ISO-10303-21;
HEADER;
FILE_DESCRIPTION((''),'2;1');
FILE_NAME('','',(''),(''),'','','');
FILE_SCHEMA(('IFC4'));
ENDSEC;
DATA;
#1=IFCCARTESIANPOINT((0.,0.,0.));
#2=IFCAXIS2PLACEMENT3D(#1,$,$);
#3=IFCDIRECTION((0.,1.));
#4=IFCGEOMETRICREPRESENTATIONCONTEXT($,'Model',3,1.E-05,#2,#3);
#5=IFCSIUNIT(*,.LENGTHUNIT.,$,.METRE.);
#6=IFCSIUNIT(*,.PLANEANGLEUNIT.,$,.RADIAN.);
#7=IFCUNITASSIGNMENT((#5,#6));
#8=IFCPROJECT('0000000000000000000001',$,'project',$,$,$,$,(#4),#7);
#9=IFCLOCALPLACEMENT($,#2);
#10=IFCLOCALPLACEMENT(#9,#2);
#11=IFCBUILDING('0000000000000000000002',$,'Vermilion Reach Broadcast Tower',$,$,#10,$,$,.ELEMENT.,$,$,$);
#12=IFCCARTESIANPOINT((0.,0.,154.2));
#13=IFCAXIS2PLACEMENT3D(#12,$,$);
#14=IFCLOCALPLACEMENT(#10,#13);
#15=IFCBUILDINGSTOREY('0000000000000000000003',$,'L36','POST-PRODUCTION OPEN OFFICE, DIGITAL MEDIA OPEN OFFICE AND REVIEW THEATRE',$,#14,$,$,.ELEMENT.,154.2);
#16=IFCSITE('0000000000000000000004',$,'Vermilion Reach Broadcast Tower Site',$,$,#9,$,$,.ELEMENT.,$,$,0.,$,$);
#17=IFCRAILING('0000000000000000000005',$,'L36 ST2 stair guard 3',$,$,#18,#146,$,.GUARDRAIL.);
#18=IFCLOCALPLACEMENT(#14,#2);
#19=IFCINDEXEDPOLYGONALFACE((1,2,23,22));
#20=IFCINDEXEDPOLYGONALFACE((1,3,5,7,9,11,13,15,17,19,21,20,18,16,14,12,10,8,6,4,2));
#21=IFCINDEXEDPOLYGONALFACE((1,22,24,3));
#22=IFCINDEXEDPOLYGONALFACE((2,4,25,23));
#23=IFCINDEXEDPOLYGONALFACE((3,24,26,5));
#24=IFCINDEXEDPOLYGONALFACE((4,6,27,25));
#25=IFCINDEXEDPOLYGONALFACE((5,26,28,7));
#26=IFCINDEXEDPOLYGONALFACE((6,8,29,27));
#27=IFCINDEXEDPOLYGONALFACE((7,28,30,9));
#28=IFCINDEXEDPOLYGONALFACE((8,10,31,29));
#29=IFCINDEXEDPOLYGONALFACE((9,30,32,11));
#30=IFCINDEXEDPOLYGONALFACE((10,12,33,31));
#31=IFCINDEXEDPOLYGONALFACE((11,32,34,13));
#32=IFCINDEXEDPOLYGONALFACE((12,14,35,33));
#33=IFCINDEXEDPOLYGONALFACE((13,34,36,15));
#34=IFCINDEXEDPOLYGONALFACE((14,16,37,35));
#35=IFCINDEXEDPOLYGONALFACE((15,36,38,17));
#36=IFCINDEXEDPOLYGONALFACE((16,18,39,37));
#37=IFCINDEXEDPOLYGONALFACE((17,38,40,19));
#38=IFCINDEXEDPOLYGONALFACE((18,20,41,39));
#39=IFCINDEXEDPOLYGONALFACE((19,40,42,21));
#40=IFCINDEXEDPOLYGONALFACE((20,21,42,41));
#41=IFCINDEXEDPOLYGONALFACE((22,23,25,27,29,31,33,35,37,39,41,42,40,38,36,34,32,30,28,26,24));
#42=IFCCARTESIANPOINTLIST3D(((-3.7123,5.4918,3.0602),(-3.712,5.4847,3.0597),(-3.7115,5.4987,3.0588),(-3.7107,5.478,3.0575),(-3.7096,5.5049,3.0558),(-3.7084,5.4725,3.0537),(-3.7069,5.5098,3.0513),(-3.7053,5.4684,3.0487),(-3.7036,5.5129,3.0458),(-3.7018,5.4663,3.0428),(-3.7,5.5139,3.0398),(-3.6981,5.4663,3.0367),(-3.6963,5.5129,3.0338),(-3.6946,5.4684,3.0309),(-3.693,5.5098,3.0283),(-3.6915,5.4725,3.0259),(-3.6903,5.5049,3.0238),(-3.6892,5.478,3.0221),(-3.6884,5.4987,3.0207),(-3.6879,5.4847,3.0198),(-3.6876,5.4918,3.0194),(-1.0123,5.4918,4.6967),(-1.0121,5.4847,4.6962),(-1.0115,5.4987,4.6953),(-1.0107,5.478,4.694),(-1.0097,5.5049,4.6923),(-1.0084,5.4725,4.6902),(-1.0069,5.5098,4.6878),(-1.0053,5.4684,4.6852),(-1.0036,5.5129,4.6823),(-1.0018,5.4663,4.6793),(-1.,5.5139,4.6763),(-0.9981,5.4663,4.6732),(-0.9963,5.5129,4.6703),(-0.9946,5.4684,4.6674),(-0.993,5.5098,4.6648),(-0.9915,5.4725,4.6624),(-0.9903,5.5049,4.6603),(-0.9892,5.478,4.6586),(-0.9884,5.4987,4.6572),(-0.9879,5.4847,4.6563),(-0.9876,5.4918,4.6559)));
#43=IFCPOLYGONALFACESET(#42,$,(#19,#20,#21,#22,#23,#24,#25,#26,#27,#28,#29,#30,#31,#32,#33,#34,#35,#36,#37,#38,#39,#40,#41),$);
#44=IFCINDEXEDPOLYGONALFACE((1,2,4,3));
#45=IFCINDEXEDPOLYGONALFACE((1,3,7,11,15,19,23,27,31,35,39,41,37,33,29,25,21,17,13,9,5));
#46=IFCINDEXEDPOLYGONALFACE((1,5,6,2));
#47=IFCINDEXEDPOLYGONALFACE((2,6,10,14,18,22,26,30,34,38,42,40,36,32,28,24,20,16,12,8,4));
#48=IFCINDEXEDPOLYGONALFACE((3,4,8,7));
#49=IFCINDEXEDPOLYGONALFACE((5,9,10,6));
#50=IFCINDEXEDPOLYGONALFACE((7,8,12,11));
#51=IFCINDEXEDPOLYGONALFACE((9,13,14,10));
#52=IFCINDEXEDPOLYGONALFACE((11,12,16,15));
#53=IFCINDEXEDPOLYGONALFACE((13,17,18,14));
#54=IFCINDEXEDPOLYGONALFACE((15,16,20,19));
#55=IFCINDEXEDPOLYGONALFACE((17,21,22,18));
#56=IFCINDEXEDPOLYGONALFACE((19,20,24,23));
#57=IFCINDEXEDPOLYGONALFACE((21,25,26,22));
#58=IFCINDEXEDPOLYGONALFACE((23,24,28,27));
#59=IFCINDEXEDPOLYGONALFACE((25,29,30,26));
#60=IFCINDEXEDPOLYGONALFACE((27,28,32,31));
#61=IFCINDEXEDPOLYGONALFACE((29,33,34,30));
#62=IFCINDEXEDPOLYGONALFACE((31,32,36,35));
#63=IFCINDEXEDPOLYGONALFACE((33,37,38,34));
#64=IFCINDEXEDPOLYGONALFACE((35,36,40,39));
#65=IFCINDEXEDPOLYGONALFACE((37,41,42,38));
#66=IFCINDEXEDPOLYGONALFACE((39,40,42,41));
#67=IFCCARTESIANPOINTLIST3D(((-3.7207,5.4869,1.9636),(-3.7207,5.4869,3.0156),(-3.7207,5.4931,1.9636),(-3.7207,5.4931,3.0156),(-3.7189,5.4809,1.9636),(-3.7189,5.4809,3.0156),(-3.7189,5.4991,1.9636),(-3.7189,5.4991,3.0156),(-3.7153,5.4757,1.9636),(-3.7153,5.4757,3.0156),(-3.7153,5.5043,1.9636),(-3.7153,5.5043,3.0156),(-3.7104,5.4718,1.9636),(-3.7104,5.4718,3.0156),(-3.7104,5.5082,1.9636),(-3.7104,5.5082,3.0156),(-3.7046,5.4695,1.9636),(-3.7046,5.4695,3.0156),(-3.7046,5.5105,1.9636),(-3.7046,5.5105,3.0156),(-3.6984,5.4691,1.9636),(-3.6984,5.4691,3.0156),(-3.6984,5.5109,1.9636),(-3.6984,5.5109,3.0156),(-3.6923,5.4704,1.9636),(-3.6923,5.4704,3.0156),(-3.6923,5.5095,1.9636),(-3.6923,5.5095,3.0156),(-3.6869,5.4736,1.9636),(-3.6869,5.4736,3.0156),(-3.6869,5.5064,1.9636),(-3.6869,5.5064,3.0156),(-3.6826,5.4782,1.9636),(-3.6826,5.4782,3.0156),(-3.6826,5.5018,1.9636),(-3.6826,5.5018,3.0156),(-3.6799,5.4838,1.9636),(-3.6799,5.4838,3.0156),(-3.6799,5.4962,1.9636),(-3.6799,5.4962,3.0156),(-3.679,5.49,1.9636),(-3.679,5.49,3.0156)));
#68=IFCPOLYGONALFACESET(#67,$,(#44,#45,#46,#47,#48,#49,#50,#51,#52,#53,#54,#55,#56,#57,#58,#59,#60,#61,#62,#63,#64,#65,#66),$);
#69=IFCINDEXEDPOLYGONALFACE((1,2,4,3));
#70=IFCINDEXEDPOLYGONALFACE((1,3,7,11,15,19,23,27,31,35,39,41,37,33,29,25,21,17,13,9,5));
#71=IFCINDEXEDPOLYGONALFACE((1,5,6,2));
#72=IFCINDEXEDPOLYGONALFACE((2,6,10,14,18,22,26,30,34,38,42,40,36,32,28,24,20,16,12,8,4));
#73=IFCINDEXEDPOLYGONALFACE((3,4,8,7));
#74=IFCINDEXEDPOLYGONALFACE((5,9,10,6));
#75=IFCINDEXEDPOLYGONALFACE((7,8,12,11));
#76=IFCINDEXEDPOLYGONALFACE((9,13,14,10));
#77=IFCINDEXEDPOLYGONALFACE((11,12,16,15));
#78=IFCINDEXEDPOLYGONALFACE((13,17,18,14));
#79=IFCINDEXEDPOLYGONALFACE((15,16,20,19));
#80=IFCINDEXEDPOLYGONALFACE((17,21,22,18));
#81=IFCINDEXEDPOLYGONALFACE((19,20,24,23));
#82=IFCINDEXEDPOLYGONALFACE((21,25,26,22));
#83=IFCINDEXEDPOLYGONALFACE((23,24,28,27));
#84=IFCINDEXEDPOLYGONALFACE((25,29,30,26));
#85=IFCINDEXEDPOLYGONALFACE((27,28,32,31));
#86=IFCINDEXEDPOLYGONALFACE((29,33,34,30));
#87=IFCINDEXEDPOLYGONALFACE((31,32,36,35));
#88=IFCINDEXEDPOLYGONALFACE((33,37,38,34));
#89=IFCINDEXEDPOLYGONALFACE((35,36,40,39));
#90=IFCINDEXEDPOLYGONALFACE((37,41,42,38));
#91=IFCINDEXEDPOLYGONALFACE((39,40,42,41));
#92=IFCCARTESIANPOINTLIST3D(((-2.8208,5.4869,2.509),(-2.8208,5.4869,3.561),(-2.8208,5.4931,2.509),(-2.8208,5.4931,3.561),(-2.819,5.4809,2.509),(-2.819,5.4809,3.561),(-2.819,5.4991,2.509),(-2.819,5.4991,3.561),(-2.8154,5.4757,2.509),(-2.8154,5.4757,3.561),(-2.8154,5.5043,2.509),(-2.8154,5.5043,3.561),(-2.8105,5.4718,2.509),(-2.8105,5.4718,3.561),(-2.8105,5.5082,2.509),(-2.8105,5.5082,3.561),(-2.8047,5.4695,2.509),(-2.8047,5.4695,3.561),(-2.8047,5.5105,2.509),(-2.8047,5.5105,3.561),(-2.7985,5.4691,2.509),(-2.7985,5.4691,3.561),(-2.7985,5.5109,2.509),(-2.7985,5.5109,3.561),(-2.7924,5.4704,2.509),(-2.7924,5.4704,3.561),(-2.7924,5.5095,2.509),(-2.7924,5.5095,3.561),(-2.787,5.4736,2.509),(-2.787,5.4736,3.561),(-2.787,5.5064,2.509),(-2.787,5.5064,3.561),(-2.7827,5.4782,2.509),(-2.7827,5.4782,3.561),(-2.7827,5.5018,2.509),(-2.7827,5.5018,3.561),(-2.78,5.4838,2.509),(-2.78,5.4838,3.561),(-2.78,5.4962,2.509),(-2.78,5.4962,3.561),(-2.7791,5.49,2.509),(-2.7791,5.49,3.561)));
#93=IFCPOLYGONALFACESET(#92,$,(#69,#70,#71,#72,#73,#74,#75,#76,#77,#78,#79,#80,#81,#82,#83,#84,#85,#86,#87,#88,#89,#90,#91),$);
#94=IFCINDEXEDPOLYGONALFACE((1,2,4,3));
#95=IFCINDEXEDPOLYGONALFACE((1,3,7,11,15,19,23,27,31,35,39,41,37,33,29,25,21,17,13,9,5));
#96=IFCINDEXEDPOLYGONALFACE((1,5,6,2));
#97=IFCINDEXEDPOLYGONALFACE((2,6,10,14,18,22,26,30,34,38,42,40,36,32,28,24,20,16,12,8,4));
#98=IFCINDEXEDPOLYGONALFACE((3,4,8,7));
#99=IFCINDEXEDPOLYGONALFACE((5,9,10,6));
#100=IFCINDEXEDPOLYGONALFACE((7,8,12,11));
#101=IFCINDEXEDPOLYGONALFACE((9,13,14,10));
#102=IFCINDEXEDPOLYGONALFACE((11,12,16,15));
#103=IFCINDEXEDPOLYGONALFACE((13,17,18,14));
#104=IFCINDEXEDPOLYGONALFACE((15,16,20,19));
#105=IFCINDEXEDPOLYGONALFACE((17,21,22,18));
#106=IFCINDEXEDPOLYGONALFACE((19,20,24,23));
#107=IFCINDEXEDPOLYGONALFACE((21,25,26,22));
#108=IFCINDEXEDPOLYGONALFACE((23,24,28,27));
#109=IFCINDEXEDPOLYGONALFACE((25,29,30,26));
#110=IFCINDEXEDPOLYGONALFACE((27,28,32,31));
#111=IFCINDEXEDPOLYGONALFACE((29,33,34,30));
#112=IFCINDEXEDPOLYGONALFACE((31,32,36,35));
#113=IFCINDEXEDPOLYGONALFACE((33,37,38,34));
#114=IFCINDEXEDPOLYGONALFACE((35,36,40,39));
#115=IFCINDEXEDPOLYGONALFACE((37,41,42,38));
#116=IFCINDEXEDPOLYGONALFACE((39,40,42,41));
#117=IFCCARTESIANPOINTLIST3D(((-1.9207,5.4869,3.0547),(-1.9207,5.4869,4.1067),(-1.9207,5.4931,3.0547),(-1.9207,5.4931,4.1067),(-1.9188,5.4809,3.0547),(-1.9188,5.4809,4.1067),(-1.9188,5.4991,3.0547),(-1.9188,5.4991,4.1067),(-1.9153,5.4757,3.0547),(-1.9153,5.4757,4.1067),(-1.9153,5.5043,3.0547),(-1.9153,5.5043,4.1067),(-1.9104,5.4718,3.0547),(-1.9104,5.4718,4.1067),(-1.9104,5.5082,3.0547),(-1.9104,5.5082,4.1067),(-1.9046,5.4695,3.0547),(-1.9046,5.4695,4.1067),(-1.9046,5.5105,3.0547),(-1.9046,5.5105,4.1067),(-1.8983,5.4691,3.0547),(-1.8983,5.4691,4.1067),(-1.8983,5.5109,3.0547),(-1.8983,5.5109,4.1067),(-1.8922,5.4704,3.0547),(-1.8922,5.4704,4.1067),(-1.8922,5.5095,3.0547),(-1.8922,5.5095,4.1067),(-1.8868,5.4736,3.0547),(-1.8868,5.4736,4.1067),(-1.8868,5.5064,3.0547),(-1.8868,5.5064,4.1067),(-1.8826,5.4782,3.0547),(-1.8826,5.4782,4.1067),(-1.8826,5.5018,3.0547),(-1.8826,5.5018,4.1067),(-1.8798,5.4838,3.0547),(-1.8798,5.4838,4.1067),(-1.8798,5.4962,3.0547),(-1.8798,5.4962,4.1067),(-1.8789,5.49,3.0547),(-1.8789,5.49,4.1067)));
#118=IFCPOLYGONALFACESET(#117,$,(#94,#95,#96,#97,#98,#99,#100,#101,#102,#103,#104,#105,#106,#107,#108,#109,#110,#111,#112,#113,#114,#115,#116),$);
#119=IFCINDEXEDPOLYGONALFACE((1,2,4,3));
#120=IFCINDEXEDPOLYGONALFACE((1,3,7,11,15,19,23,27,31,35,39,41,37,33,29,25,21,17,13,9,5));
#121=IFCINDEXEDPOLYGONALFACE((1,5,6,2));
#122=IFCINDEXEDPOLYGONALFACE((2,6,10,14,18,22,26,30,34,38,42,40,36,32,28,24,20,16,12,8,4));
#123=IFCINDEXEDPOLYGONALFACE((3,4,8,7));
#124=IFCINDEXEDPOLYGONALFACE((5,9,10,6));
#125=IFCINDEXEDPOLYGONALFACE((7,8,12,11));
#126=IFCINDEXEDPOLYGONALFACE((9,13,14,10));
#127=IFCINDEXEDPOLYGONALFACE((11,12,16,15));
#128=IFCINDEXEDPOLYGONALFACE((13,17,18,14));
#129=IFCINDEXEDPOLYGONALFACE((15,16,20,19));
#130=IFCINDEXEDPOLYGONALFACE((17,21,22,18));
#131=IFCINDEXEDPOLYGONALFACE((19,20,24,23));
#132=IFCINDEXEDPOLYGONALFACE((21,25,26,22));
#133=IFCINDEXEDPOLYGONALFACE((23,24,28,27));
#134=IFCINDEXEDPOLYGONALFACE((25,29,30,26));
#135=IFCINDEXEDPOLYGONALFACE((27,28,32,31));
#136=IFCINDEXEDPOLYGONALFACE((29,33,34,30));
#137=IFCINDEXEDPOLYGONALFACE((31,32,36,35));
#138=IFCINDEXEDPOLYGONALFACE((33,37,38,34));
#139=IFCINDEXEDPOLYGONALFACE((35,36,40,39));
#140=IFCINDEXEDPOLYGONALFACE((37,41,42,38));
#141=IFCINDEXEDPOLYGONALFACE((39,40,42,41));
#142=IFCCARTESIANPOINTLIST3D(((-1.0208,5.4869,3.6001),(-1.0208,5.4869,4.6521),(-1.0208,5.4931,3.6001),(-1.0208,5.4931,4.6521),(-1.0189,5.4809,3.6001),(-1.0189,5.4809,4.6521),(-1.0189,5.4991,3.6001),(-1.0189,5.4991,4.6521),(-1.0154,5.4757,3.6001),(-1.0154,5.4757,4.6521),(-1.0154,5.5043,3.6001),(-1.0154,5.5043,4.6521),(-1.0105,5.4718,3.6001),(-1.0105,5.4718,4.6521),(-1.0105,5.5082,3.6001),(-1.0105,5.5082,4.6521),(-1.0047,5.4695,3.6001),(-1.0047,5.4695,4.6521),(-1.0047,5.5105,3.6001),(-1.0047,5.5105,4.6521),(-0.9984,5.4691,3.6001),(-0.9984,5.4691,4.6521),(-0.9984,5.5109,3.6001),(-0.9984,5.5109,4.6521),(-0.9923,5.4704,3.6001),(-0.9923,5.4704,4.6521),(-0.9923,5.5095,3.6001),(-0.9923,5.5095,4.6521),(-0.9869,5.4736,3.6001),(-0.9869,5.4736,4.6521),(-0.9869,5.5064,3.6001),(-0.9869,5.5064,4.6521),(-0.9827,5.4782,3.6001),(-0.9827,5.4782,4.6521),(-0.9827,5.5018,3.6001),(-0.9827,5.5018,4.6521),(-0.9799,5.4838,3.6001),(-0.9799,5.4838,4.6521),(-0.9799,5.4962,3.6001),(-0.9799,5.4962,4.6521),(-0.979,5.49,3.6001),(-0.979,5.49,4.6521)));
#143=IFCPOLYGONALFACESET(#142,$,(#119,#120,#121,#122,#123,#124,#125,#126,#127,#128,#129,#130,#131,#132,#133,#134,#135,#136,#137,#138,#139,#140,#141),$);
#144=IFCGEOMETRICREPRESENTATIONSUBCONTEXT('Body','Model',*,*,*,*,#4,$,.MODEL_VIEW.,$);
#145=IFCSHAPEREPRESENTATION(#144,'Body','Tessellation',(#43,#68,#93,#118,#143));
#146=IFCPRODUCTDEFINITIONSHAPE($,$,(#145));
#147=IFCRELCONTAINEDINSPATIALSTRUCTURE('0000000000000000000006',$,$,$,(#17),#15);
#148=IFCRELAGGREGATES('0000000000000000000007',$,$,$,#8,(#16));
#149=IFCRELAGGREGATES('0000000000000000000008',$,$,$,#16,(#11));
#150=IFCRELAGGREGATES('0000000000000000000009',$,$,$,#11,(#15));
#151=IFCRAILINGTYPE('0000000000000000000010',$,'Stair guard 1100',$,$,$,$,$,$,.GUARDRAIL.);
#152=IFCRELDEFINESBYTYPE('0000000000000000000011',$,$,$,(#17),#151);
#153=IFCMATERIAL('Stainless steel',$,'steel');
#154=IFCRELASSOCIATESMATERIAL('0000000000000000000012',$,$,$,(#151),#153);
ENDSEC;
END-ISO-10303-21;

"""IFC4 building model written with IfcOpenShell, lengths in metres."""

from ifc_helpers import new_model, si_unit, direction, frame, origin, origin_2d, place, context, subcontext, project, spatial, circle, extrude, material, type_object, element, save


model = new_model("IFC4")

# Units and contexts
model_context = context("Model", 3, precision=1e-05, world=origin(), true_north=direction((0.0, 1.0)))
body_context = subcontext(model_context, "Body", "Model", "MODEL_VIEW")
ifc_project = project(units=[si_unit("LENGTHUNIT", "METRE"), si_unit("PLANEANGLEUNIT", "RADIAN")], contexts=[model_context])

# Site, building, storey
site_placement = place(None, origin())
site = spatial("IfcSite", under=ifc_project, at=site_placement, Name="Vermilion Reach Broadcast Tower Site", CompositionType="ELEMENT", RefElevation=0.0)
building_placement = place(site_placement, origin())
building = spatial("IfcBuilding", under=site, at=building_placement, Name="Vermilion Reach Broadcast Tower", CompositionType="ELEMENT")
storey_placement = place(building_placement, frame((0.0, 0.0, 154.2)))
storey = spatial("IfcBuildingStorey", under=building, at=storey_placement, Name="L36", Description="POST-PRODUCTION OPEN OFFICE, DIGITAL MEDIA OPEN OFFICE AND REVIEW THEATRE", CompositionType="ELEMENT", Elevation=154.2)

# Railing
ifc_material_1 = material(Name="Stainless steel", Category="steel")
railing_type_1 = type_object("IfcRailingType", Name="Stair guard 1100", PredefinedType="GUARDRAIL", material=ifc_material_1)
railing_1_placement = place(storey_placement, frame((-3.7, 5.49, 1.9636)))
element("IfcRailing", 1, at=railing_1_placement, inside=storey, type_object=railing_type_1, Name="L36 ST2 stair guard 3", PredefinedType="GUARDRAIL", context=body_context, shape_type="SweptSolid", body=[
    extrude(circle(Radius=0.0239, at=origin_2d()), frame((0.0, 0.0, 1.0762), z_axis=(0.855178, 0.0, 0.518334), x_axis=(0.0, 1.0, 0.0)), (0.0, 0.0, 1.0), 3.1572),
    extrude(circle(Radius=0.021, at=origin_2d()), origin(), (0.0, 0.0, 1.0), 1.052),
    extrude(circle(Radius=0.021, at=origin_2d()), frame((0.8999, 0.0, 0.5454)), (0.0, 0.0, 1.0), 1.052),
    extrude(circle(Radius=0.021, at=origin_2d()), frame((1.8, 0.0, 1.0911)), (0.0, 0.0, 1.0), 1.052),
    extrude(circle(Radius=0.021, at=origin_2d()), frame((2.7, 0.0, 1.6365)), (0.0, 0.0, 1.0), 1.052),
])

save(model, "model.ifc")
